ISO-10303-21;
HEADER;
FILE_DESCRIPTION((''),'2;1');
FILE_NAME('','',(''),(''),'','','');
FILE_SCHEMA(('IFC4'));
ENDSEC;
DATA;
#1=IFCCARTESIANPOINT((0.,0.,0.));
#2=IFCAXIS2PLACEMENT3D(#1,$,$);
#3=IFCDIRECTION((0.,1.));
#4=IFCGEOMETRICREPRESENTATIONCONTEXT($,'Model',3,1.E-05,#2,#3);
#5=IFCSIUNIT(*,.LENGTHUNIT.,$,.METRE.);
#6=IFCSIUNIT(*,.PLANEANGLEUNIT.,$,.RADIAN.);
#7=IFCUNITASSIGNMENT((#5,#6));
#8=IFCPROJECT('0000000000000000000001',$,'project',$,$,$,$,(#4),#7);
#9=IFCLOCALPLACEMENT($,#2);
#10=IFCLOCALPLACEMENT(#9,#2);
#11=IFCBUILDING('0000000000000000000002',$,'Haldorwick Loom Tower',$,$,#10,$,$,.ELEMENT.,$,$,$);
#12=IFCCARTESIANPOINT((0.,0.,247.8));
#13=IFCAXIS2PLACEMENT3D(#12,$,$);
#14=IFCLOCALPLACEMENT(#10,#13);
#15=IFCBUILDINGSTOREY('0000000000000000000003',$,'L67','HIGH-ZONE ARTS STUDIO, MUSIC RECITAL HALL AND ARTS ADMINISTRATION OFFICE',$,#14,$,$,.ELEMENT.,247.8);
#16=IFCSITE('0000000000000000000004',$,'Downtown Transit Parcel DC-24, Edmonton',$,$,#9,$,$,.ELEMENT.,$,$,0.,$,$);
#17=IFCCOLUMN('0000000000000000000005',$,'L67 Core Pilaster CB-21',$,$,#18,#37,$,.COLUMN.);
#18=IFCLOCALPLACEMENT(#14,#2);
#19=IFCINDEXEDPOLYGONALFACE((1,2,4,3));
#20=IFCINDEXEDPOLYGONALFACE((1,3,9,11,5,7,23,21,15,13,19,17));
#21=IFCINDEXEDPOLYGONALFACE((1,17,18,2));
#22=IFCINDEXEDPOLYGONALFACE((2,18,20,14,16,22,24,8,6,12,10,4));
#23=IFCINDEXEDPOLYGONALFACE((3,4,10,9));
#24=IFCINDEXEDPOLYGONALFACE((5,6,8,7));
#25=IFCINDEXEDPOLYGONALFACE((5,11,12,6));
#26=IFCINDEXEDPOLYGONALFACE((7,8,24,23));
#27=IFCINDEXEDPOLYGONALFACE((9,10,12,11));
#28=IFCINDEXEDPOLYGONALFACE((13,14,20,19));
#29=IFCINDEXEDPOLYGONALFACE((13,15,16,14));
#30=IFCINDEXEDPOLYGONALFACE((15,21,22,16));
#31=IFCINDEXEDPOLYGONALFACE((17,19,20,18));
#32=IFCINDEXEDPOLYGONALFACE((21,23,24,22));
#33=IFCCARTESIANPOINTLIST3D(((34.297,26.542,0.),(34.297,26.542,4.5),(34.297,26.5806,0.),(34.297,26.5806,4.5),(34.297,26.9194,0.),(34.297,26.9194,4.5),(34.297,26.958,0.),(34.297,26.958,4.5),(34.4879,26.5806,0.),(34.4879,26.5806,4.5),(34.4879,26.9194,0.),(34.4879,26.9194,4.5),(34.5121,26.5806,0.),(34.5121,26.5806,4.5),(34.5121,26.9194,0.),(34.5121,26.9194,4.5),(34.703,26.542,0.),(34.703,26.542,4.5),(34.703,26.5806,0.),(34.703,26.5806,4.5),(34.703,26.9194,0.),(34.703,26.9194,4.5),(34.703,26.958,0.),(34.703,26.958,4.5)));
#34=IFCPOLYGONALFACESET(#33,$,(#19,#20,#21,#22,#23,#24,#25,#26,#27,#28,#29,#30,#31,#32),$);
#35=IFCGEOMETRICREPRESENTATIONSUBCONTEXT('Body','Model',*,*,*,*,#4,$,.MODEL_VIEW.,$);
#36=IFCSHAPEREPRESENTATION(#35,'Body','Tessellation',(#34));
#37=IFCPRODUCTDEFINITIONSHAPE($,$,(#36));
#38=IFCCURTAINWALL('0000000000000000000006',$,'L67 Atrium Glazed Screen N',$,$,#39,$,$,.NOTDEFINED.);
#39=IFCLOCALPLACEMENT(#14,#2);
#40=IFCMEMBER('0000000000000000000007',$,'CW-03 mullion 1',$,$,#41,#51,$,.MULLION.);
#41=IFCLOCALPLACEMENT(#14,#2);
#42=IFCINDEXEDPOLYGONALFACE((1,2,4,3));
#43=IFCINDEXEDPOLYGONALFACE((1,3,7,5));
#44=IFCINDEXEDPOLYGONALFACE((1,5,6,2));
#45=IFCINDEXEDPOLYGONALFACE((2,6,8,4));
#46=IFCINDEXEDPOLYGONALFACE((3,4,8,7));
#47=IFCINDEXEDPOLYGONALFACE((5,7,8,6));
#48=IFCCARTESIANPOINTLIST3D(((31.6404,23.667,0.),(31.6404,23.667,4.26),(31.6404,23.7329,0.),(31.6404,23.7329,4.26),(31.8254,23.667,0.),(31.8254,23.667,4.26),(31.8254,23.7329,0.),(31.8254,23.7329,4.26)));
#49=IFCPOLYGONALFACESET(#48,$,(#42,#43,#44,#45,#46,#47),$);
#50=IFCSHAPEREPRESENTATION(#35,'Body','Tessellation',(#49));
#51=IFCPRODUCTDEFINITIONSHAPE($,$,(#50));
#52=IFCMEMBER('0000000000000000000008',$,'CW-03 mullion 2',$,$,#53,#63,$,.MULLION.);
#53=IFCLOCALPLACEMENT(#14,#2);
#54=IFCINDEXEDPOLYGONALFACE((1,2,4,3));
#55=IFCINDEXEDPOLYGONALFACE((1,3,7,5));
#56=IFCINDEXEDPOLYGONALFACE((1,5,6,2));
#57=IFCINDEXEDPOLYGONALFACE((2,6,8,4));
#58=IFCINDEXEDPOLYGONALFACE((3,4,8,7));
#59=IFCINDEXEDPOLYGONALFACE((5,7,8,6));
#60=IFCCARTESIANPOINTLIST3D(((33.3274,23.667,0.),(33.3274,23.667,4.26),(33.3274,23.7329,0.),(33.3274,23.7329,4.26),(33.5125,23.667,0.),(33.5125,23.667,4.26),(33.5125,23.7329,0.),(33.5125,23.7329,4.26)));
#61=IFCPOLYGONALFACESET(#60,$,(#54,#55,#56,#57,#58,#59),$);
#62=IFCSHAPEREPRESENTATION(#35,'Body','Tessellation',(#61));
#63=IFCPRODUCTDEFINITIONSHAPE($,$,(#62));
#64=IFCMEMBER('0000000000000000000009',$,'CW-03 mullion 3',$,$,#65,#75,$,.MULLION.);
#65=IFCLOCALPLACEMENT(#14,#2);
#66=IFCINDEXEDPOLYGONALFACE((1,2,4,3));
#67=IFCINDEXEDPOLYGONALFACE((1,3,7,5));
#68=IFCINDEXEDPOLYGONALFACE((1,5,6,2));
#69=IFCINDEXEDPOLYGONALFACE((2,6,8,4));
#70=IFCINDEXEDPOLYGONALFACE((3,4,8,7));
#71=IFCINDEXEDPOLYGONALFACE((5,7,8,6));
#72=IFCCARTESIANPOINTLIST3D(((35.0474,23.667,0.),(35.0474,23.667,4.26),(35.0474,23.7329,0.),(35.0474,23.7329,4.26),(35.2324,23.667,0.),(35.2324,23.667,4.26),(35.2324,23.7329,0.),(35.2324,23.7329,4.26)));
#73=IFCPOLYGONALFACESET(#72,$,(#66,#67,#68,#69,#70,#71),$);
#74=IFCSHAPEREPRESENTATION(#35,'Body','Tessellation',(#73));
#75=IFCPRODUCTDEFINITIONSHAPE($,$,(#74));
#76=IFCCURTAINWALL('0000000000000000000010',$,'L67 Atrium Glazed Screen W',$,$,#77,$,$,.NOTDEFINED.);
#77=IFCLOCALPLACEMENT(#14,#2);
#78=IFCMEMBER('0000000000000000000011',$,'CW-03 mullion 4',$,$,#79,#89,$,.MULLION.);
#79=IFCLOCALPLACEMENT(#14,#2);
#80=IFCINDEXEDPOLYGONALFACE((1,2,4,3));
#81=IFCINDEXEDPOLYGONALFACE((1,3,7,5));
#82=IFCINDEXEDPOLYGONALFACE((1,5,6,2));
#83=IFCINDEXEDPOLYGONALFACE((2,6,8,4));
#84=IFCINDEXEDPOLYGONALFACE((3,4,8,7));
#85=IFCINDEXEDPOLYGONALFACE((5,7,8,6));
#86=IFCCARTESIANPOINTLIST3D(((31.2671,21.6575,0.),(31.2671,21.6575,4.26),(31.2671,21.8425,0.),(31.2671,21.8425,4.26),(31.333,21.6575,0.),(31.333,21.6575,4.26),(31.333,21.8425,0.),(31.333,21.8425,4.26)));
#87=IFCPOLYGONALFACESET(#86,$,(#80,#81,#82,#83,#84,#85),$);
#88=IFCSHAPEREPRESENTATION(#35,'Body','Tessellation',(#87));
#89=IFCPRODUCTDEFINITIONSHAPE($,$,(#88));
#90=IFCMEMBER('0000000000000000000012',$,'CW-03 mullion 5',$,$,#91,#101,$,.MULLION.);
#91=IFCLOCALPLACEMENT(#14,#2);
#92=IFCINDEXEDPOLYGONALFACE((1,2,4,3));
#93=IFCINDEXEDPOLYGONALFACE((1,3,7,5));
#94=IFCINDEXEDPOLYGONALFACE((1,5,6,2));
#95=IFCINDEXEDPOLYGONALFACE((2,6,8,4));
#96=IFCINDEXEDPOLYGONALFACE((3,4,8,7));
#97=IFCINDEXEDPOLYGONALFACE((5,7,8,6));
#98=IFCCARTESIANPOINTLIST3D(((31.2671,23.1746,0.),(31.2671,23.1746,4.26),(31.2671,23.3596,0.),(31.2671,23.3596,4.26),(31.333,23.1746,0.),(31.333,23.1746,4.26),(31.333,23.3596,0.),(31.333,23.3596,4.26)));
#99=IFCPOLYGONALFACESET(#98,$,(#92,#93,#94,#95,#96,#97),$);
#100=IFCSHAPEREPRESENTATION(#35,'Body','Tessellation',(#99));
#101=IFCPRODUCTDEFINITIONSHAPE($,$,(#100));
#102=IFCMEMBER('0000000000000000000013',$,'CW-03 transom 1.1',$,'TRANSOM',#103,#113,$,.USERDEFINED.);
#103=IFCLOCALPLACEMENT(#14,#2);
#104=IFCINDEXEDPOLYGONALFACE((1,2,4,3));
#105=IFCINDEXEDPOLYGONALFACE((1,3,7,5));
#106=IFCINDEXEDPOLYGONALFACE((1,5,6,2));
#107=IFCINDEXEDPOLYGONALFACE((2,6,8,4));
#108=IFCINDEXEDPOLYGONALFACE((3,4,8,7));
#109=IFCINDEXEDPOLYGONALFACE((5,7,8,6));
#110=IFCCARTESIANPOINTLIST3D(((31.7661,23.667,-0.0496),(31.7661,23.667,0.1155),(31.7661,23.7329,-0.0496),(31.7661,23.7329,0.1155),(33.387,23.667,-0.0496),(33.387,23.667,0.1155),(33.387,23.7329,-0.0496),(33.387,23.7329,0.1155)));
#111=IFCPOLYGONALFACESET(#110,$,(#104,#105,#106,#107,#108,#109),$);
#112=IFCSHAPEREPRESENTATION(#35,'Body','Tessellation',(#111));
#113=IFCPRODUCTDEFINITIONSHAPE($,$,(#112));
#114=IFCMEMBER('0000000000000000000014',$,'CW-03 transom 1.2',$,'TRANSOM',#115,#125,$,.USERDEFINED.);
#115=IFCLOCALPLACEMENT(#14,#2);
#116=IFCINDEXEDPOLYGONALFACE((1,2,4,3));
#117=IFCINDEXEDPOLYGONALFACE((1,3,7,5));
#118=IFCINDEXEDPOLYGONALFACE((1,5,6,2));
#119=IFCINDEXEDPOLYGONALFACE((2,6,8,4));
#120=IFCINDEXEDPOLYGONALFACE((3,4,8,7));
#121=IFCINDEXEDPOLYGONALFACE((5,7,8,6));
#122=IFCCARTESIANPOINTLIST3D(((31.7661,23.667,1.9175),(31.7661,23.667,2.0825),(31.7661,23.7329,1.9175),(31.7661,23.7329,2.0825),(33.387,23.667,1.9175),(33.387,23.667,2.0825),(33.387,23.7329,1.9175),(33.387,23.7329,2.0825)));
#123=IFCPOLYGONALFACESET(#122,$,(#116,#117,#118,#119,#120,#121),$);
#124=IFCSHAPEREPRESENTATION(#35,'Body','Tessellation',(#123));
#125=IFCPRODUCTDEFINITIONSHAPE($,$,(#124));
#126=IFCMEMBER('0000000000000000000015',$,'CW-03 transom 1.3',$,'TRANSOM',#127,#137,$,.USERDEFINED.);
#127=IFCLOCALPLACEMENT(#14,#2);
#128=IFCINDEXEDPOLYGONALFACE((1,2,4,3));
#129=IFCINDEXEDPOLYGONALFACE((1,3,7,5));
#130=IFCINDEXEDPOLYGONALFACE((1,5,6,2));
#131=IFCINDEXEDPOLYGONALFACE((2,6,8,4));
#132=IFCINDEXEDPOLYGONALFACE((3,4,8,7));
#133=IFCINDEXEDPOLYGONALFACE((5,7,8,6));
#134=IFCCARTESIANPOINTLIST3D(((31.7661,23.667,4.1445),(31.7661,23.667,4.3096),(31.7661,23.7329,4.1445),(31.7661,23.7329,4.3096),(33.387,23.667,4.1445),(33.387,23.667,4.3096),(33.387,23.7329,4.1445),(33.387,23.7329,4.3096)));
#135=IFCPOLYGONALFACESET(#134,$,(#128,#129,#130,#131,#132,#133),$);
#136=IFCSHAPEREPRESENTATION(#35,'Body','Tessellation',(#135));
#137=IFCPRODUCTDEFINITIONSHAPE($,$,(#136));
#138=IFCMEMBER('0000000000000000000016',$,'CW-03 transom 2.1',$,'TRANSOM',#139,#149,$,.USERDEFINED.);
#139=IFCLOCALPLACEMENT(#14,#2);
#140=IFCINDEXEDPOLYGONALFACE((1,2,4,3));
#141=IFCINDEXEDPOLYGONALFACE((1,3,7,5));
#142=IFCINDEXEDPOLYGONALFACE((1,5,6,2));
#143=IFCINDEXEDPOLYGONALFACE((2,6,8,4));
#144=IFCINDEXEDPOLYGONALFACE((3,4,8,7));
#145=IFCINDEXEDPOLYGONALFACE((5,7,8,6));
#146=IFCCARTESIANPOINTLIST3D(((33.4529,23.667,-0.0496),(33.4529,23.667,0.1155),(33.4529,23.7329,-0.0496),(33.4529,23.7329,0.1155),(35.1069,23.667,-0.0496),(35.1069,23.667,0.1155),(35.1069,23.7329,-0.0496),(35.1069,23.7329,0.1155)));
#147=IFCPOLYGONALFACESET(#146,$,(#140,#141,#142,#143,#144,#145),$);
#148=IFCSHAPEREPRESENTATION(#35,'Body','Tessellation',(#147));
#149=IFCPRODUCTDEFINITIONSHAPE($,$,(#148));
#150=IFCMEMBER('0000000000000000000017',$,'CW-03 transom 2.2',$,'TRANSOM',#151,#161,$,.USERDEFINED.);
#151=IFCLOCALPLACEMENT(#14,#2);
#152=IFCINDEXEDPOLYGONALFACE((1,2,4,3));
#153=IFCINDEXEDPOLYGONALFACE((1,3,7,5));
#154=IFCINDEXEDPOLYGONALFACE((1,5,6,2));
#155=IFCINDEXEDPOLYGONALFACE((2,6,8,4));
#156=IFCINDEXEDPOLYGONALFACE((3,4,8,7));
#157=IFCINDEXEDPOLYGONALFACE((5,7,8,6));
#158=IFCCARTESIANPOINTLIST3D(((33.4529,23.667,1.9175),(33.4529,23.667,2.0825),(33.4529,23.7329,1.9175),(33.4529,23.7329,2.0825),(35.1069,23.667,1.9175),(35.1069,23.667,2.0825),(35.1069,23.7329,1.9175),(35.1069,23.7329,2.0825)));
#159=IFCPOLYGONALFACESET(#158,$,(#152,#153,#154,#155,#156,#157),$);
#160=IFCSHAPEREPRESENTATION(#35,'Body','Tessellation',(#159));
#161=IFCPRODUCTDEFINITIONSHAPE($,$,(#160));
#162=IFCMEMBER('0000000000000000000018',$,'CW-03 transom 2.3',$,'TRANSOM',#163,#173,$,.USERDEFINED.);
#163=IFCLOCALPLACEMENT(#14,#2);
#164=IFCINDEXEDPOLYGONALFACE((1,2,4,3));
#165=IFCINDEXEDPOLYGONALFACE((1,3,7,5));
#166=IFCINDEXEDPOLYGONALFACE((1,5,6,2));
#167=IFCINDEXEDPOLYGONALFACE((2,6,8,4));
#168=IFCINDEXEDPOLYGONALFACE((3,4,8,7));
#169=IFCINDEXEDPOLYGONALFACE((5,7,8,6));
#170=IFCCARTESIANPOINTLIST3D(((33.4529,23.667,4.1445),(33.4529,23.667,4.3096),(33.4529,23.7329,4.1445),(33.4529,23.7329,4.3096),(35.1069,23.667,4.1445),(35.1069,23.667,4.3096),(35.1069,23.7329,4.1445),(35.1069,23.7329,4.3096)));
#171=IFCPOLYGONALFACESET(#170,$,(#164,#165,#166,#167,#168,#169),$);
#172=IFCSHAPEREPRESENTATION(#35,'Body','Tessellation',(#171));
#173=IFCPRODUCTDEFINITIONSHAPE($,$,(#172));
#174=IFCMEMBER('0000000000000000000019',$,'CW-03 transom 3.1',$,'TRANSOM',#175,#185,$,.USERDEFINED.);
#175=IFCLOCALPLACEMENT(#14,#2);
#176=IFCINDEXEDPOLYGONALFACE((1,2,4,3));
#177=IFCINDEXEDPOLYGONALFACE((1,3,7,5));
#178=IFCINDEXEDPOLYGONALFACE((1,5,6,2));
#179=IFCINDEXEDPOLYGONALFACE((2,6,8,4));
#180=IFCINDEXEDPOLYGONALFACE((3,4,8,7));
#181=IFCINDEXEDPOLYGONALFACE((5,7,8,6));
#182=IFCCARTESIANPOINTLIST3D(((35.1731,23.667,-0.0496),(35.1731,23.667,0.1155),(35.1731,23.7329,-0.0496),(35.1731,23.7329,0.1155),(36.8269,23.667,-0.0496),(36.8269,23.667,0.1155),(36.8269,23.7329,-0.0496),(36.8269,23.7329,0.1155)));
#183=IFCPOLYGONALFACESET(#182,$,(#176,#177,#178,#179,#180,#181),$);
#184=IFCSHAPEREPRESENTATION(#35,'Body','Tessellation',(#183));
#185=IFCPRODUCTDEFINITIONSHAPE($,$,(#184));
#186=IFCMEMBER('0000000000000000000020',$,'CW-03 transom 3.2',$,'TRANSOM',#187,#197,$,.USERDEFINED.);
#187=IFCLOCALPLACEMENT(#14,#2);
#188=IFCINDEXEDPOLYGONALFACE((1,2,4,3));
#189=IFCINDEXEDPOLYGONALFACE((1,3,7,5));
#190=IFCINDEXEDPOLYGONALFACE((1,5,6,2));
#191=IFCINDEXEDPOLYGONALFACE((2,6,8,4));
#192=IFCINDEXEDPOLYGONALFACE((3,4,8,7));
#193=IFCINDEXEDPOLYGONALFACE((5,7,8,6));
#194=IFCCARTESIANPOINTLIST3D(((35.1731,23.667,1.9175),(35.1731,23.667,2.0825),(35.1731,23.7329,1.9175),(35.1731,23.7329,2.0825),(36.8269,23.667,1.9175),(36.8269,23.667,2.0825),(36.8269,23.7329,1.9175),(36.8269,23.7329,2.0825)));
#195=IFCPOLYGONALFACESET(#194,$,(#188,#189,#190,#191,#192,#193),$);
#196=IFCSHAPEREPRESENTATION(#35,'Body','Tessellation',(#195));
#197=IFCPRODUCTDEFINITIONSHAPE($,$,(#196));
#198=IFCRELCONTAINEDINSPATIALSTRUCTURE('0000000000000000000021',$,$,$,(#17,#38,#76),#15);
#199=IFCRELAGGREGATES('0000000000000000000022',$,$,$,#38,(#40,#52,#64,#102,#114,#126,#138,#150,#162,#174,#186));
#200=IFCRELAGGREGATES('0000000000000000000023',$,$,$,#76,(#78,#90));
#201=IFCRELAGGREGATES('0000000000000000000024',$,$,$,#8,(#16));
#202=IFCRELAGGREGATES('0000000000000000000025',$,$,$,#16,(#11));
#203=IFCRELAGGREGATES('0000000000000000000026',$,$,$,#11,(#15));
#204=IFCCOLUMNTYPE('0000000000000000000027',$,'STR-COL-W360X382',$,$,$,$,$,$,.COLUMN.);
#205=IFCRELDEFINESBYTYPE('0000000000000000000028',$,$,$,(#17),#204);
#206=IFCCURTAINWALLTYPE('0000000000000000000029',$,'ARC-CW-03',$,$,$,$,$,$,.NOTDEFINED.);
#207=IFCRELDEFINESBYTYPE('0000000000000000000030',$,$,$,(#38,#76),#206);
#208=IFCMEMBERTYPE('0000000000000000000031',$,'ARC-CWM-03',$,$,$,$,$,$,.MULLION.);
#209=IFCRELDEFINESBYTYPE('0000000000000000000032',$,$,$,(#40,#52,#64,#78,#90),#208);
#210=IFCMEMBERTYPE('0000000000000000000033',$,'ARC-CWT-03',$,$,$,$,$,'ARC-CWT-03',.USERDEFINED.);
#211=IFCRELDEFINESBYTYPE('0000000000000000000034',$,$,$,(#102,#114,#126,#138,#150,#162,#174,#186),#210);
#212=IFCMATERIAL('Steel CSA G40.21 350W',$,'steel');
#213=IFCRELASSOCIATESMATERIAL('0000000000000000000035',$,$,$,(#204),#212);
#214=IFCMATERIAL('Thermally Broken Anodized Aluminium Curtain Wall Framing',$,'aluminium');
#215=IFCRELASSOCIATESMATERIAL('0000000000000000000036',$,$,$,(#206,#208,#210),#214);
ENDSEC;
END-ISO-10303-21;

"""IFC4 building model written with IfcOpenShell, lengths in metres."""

from ifc_helpers import new_model, si_unit, direction, frame, origin, origin_2d, place, context, subcontext, project, spatial, rectangle, i_section, extrude, material, material_profile, profile_set, type_object, element, aggregate, save


model = new_model("IFC4")

# Units and contexts
model_context = context("Model", 3, precision=1e-05, world=origin(), true_north=direction((0.0, 1.0)))
body_context = subcontext(model_context, "Body", "Model", "MODEL_VIEW")
ifc_project = project(units=[si_unit("LENGTHUNIT", "METRE"), si_unit("PLANEANGLEUNIT", "RADIAN")], contexts=[model_context])

# Site, building, storey
site_placement = place(None, origin())
site = spatial("IfcSite", under=ifc_project, at=site_placement, Name="Downtown Transit Parcel DC-24, Edmonton", CompositionType="ELEMENT", RefElevation=0.0)
building_placement = place(site_placement, origin())
building = spatial("IfcBuilding", under=site, at=building_placement, Name="Haldorwick Loom Tower", CompositionType="ELEMENT")
storey_placement = place(building_placement, frame((0.0, 0.0, 247.8)))
storey = spatial("IfcBuildingStorey", under=building, at=storey_placement, Name="L67", Description="HIGH-ZONE ARTS STUDIO, MUSIC RECITAL HALL AND ARTS ADMINISTRATION OFFICE", CompositionType="ELEMENT", Elevation=247.8)

# Column
ifc_material_1 = material(Name="Steel CSA G40.21 350W", Category="steel")
ifc_material_profile_1 = material_profile(ifc_material_1, i_section(OverallWidth=0.406, OverallDepth=0.416, WebThickness=0.0242, FlangeThickness=0.0386, at=origin_2d()), Name="W360X382", Category="steel")
ifc_profile_set_1 = profile_set([ifc_material_profile_1], Name="Steel CSA G40.21 350W")
column_type = type_object("IfcColumnType", Name="STR-COL-W360X382", PredefinedType="COLUMN", material=ifc_profile_set_1)
column_placement = place(storey_placement, frame((34.5, 26.75, 0.0), z_axis=(0.0, 0.0, 1.0), x_axis=(1.0, 0.0, 0.0)))
element("IfcColumn", 1, at=column_placement, inside=storey, type_object=column_type, Name="L67 Core Pilaster CB-21", PredefinedType="COLUMN", context=body_context, shape_type="SweptSolid", body=[
    extrude(i_section(OverallWidth=0.406, OverallDepth=0.416, WebThickness=0.0242, FlangeThickness=0.0386, at=origin_2d()), origin(), (0.0, 0.0, 1.0), 4.5),
])

# Curtain walls, members
ifc_material_2 = material(Name="Thermally Broken Anodized Aluminium Curtain Wall Framing", Category="aluminium")
curtain_wall_type = type_object("IfcCurtainWallType", Name="ARC-CW-03", PredefinedType="NOTDEFINED", material=ifc_material_2)
curtain_wall_1_placement = place(storey_placement, origin())
curtain_wall_1 = element("IfcCurtainWall", 2, at=curtain_wall_1_placement, inside=storey, type_object=curtain_wall_type, Name="L67 Atrium Glazed Screen N", PredefinedType="NOTDEFINED")
ifc_material_profile_2 = material_profile(ifc_material_2, rectangle(XDim=0.0659, YDim=0.1851, at=origin_2d()), Name="ALU_MUL_66X185", Category="aluminium")
ifc_profile_set_2 = profile_set([ifc_material_profile_2], Name="Thermally Broken Anodized Aluminium Curtain Wall Framing")
member_type_1 = type_object("IfcMemberType", Name="ARC-CWM-03", PredefinedType="MULLION", material=ifc_profile_set_2)
member_1_placement = place(storey_placement, frame((31.7329, 23.7, 0.0), z_axis=(0.0, 0.0, 1.0), x_axis=(0.0, 1.0, 0.0)))
member_1 = element("IfcMember", 3, at=member_1_placement, type_object=member_type_1, Name="CW-03 mullion 1", PredefinedType="MULLION", context=body_context, shape_type="SweptSolid", body=[
    extrude(rectangle(XDim=0.0659, YDim=0.1851, at=origin_2d()), origin(), (0.0, 0.0, 1.0), 4.26),
])
member_2_placement = place(storey_placement, frame((33.4199, 23.7, 0.0), z_axis=(0.0, 0.0, 1.0), x_axis=(0.0, 1.0, 0.0)))
member_2 = element("IfcMember", 4, at=member_2_placement, type_object=member_type_1, Name="CW-03 mullion 2", PredefinedType="MULLION", context=body_context, shape_type="SweptSolid", body=[
    extrude(rectangle(XDim=0.0659, YDim=0.1851, at=origin_2d()), origin(), (0.0, 0.0, 1.0), 4.26),
])
member_3_placement = place(storey_placement, frame((35.1399, 23.7, 0.0), z_axis=(0.0, 0.0, 1.0), x_axis=(0.0, 1.0, 0.0)))
member_3 = element("IfcMember", 5, at=member_3_placement, type_object=member_type_1, Name="CW-03 mullion 3", PredefinedType="MULLION", context=body_context, shape_type="SweptSolid", body=[
    extrude(rectangle(XDim=0.0659, YDim=0.1851, at=origin_2d()), origin(), (0.0, 0.0, 1.0), 4.26),
])
curtain_wall_2_placement = place(storey_placement, origin())
curtain_wall_2 = element("IfcCurtainWall", 6, at=curtain_wall_2_placement, inside=storey, type_object=curtain_wall_type, Name="L67 Atrium Glazed Screen W", PredefinedType="NOTDEFINED")
member_4_placement = place(storey_placement, frame((31.3, 21.75, 0.0), z_axis=(0.0, 0.0, 1.0), x_axis=(-1.0, 0.0, 0.0)))
member_4 = element("IfcMember", 7, at=member_4_placement, type_object=member_type_1, Name="CW-03 mullion 4", PredefinedType="MULLION", context=body_context, shape_type="SweptSolid", body=[
    extrude(rectangle(XDim=0.0659, YDim=0.1851, at=origin_2d()), origin(), (0.0, 0.0, 1.0), 4.26),
])
member_5_placement = place(storey_placement, frame((31.3, 23.2671, 0.0), z_axis=(0.0, 0.0, 1.0), x_axis=(-1.0, 0.0, 0.0)))
member_5 = element("IfcMember", 8, at=member_5_placement, type_object=member_type_1, Name="CW-03 mullion 5", PredefinedType="MULLION", context=body_context, shape_type="SweptSolid", body=[
    extrude(rectangle(XDim=0.0659, YDim=0.1851, at=origin_2d()), origin(), (0.0, 0.0, 1.0), 4.26),
])

# Members
ifc_material_profile_3 = material_profile(ifc_material_2, rectangle(XDim=0.0659, YDim=0.165, at=origin_2d()), Name="ALU_TRN_66X165", Category="aluminium")
ifc_profile_set_3 = profile_set([ifc_material_profile_3], Name="Thermally Broken Anodized Aluminium Curtain Wall Framing")
member_type_2 = type_object("IfcMemberType", Name="ARC-CWT-03", ElementType="ARC-CWT-03", PredefinedType="USERDEFINED", material=ifc_profile_set_3)
member_6_placement = place(storey_placement, frame((31.7661, 23.7, 0.033), z_axis=(1.0, 0.0, 0.0), x_axis=(0.0, 1.0, 0.0)))
member_6 = element("IfcMember", 9, at=member_6_placement, type_object=member_type_2, Name="CW-03 transom 1.1", ObjectType="TRANSOM", PredefinedType="USERDEFINED", context=body_context, shape_type="SweptSolid", body=[
    extrude(rectangle(XDim=0.0659, YDim=0.165, at=origin_2d()), origin(), (0.0, 0.0, 1.0), 1.6208),
])
member_7_placement = place(storey_placement, frame((31.7661, 23.7, 2.0), z_axis=(1.0, 0.0, 0.0), x_axis=(0.0, 1.0, 0.0)))
member_7 = element("IfcMember", 10, at=member_7_placement, type_object=member_type_2, Name="CW-03 transom 1.2", ObjectType="TRANSOM", PredefinedType="USERDEFINED", context=body_context, shape_type="SweptSolid", body=[
    extrude(rectangle(XDim=0.0659, YDim=0.165, at=origin_2d()), origin(), (0.0, 0.0, 1.0), 1.6208),
])
member_8_placement = place(storey_placement, frame((31.7661, 23.7, 4.2271), z_axis=(1.0, 0.0, 0.0), x_axis=(0.0, 1.0, 0.0)))
member_8 = element("IfcMember", 11, at=member_8_placement, type_object=member_type_2, Name="CW-03 transom 1.3", ObjectType="TRANSOM", PredefinedType="USERDEFINED", context=body_context, shape_type="SweptSolid", body=[
    extrude(rectangle(XDim=0.0659, YDim=0.165, at=origin_2d()), origin(), (0.0, 0.0, 1.0), 1.6208),
])
member_9_placement = place(storey_placement, frame((33.4529, 23.7, 0.033), z_axis=(1.0, 0.0, 0.0), x_axis=(0.0, 1.0, 0.0)))
member_9 = element("IfcMember", 12, at=member_9_placement, type_object=member_type_2, Name="CW-03 transom 2.1", ObjectType="TRANSOM", PredefinedType="USERDEFINED", context=body_context, shape_type="SweptSolid", body=[
    extrude(rectangle(XDim=0.0659, YDim=0.165, at=origin_2d()), origin(), (0.0, 0.0, 1.0), 1.6541),
])
member_10_placement = place(storey_placement, frame((33.4529, 23.7, 2.0), z_axis=(1.0, 0.0, 0.0), x_axis=(0.0, 1.0, 0.0)))
member_10 = element("IfcMember", 13, at=member_10_placement, type_object=member_type_2, Name="CW-03 transom 2.2", ObjectType="TRANSOM", PredefinedType="USERDEFINED", context=body_context, shape_type="SweptSolid", body=[
    extrude(rectangle(XDim=0.0659, YDim=0.165, at=origin_2d()), origin(), (0.0, 0.0, 1.0), 1.6541),
])
member_11_placement = place(storey_placement, frame((33.4529, 23.7, 4.2271), z_axis=(1.0, 0.0, 0.0), x_axis=(0.0, 1.0, 0.0)))
member_11 = element("IfcMember", 14, at=member_11_placement, type_object=member_type_2, Name="CW-03 transom 2.3", ObjectType="TRANSOM", PredefinedType="USERDEFINED", context=body_context, shape_type="SweptSolid", body=[
    extrude(rectangle(XDim=0.0659, YDim=0.165, at=origin_2d()), origin(), (0.0, 0.0, 1.0), 1.6541),
])
member_12_placement = place(storey_placement, frame((35.1731, 23.7, 0.033), z_axis=(1.0, 0.0, 0.0), x_axis=(0.0, 1.0, 0.0)))
member_12 = element("IfcMember", 15, at=member_12_placement, type_object=member_type_2, Name="CW-03 transom 3.1", ObjectType="TRANSOM", PredefinedType="USERDEFINED", context=body_context, shape_type="SweptSolid", body=[
    extrude(rectangle(XDim=0.0659, YDim=0.165, at=origin_2d()), origin(), (0.0, 0.0, 1.0), 1.6538),
])
member_13_placement = place(storey_placement, frame((35.1731, 23.7, 2.0), z_axis=(1.0, 0.0, 0.0), x_axis=(0.0, 1.0, 0.0)))
member_13 = element("IfcMember", 16, at=member_13_placement, type_object=member_type_2, Name="CW-03 transom 3.2", ObjectType="TRANSOM", PredefinedType="USERDEFINED", context=body_context, shape_type="SweptSolid", body=[
    extrude(rectangle(XDim=0.0659, YDim=0.165, at=origin_2d()), origin(), (0.0, 0.0, 1.0), 1.6538),
])

aggregate(curtain_wall_1, [member_1, member_2, member_3, member_6, member_7, member_8, member_9, member_10, member_11, member_12, member_13])
aggregate(curtain_wall_2, [member_4, member_5])

save(model, "model.ifc")
